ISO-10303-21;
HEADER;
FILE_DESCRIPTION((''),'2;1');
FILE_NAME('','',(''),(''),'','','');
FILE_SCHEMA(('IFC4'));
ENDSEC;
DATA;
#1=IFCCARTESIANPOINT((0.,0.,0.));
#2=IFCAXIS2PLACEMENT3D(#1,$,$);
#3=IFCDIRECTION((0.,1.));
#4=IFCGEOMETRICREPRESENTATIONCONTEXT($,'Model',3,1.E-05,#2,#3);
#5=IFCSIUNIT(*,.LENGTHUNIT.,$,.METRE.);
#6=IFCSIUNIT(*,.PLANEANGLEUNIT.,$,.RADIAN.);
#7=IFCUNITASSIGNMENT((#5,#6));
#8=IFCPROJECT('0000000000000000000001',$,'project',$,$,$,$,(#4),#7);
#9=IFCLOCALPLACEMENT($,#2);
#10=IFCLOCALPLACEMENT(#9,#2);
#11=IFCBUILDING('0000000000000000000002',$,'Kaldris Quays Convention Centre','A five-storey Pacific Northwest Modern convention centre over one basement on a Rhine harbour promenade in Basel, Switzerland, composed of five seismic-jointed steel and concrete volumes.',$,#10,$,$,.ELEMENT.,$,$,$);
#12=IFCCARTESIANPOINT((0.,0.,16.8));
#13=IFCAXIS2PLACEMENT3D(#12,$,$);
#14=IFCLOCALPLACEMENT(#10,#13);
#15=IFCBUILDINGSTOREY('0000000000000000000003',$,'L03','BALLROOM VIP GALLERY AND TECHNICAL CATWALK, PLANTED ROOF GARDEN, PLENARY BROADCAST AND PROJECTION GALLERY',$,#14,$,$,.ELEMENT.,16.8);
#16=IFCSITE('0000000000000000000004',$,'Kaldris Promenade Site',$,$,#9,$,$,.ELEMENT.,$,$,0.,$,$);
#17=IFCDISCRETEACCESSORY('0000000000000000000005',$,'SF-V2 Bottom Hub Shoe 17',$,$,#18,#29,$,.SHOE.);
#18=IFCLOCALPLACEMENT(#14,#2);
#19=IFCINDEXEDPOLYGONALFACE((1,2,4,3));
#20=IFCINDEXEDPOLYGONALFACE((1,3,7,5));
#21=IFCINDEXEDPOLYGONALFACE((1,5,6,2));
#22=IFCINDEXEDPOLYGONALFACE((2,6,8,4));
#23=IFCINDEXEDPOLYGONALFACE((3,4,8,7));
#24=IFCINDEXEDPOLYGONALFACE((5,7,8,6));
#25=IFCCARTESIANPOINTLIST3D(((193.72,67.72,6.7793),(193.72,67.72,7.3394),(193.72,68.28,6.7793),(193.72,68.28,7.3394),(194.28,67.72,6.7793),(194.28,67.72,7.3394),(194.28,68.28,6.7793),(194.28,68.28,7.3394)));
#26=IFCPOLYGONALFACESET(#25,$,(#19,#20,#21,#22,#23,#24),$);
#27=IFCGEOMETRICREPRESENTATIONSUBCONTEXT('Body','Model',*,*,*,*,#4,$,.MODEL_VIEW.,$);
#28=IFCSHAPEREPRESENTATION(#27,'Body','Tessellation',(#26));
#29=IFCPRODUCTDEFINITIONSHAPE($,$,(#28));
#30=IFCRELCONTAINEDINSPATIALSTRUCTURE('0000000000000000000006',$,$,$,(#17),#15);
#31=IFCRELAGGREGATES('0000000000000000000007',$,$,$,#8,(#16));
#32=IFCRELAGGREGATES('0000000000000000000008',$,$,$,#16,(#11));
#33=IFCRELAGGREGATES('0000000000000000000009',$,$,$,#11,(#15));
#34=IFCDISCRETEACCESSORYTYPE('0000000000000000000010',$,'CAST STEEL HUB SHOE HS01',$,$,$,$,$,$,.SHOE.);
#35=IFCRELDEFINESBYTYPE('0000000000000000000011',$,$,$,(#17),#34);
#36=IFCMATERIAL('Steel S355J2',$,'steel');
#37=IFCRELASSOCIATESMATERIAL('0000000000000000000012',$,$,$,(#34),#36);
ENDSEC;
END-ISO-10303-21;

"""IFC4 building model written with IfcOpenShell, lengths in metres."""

from ifc_helpers import new_model, si_unit, direction, frame, origin, origin_2d, place, context, subcontext, project, spatial, rectangle, extrude, material, type_object, element, save


model = new_model("IFC4")

# Units and contexts
model_context = context("Model", 3, precision=1e-05, world=origin(), true_north=direction((0.0, 1.0)))
body_context = subcontext(model_context, "Body", "Model", "MODEL_VIEW")
ifc_project = project(units=[si_unit("LENGTHUNIT", "METRE"), si_unit("PLANEANGLEUNIT", "RADIAN")], contexts=[model_context])

# Site, building, storey
site_placement = place(None, origin())
site = spatial("IfcSite", under=ifc_project, at=site_placement, Name="Kaldris Promenade Site", CompositionType="ELEMENT", RefElevation=0.0)
building_placement = place(site_placement, origin())
building = spatial("IfcBuilding", under=site, at=building_placement, Name="Kaldris Quays Convention Centre", Description="A five-storey Pacific Northwest Modern convention centre over one basement on a Rhine harbour promenade in Basel, Switzerland, composed of five seismic-jointed steel and concrete volumes.", CompositionType="ELEMENT")
storey_placement = place(building_placement, frame((0.0, 0.0, 16.8)))
storey = spatial("IfcBuildingStorey", under=building, at=storey_placement, Name="L03", Description="BALLROOM VIP GALLERY AND TECHNICAL CATWALK, PLANTED ROOF GARDEN, PLENARY BROADCAST AND PROJECTION GALLERY", CompositionType="ELEMENT", Elevation=16.8)

# Discrete accessory
ifc_material_1 = material(Name="Steel S355J2", Category="steel")
discrete_accessory_type = type_object("IfcDiscreteAccessoryType", Name="CAST STEEL HUB SHOE HS01", PredefinedType="SHOE", material=ifc_material_1)
discrete_accessory_placement = place(storey_placement, frame((194.0, 68.0, 6.7793), z_axis=(0.0, 0.0, 1.0), x_axis=(1.0, 0.0, 0.0)))
element("IfcDiscreteAccessory", 1, at=discrete_accessory_placement, inside=storey, type_object=discrete_accessory_type, Name="SF-V2 Bottom Hub Shoe 17", PredefinedType="SHOE", context=body_context, shape_type="SweptSolid", body=[
    extrude(rectangle(XDim=0.5601, YDim=0.5601, at=origin_2d()), origin(), (0.0, 0.0, 1.0), 0.5601),
])

save(model, "model.ifc")
